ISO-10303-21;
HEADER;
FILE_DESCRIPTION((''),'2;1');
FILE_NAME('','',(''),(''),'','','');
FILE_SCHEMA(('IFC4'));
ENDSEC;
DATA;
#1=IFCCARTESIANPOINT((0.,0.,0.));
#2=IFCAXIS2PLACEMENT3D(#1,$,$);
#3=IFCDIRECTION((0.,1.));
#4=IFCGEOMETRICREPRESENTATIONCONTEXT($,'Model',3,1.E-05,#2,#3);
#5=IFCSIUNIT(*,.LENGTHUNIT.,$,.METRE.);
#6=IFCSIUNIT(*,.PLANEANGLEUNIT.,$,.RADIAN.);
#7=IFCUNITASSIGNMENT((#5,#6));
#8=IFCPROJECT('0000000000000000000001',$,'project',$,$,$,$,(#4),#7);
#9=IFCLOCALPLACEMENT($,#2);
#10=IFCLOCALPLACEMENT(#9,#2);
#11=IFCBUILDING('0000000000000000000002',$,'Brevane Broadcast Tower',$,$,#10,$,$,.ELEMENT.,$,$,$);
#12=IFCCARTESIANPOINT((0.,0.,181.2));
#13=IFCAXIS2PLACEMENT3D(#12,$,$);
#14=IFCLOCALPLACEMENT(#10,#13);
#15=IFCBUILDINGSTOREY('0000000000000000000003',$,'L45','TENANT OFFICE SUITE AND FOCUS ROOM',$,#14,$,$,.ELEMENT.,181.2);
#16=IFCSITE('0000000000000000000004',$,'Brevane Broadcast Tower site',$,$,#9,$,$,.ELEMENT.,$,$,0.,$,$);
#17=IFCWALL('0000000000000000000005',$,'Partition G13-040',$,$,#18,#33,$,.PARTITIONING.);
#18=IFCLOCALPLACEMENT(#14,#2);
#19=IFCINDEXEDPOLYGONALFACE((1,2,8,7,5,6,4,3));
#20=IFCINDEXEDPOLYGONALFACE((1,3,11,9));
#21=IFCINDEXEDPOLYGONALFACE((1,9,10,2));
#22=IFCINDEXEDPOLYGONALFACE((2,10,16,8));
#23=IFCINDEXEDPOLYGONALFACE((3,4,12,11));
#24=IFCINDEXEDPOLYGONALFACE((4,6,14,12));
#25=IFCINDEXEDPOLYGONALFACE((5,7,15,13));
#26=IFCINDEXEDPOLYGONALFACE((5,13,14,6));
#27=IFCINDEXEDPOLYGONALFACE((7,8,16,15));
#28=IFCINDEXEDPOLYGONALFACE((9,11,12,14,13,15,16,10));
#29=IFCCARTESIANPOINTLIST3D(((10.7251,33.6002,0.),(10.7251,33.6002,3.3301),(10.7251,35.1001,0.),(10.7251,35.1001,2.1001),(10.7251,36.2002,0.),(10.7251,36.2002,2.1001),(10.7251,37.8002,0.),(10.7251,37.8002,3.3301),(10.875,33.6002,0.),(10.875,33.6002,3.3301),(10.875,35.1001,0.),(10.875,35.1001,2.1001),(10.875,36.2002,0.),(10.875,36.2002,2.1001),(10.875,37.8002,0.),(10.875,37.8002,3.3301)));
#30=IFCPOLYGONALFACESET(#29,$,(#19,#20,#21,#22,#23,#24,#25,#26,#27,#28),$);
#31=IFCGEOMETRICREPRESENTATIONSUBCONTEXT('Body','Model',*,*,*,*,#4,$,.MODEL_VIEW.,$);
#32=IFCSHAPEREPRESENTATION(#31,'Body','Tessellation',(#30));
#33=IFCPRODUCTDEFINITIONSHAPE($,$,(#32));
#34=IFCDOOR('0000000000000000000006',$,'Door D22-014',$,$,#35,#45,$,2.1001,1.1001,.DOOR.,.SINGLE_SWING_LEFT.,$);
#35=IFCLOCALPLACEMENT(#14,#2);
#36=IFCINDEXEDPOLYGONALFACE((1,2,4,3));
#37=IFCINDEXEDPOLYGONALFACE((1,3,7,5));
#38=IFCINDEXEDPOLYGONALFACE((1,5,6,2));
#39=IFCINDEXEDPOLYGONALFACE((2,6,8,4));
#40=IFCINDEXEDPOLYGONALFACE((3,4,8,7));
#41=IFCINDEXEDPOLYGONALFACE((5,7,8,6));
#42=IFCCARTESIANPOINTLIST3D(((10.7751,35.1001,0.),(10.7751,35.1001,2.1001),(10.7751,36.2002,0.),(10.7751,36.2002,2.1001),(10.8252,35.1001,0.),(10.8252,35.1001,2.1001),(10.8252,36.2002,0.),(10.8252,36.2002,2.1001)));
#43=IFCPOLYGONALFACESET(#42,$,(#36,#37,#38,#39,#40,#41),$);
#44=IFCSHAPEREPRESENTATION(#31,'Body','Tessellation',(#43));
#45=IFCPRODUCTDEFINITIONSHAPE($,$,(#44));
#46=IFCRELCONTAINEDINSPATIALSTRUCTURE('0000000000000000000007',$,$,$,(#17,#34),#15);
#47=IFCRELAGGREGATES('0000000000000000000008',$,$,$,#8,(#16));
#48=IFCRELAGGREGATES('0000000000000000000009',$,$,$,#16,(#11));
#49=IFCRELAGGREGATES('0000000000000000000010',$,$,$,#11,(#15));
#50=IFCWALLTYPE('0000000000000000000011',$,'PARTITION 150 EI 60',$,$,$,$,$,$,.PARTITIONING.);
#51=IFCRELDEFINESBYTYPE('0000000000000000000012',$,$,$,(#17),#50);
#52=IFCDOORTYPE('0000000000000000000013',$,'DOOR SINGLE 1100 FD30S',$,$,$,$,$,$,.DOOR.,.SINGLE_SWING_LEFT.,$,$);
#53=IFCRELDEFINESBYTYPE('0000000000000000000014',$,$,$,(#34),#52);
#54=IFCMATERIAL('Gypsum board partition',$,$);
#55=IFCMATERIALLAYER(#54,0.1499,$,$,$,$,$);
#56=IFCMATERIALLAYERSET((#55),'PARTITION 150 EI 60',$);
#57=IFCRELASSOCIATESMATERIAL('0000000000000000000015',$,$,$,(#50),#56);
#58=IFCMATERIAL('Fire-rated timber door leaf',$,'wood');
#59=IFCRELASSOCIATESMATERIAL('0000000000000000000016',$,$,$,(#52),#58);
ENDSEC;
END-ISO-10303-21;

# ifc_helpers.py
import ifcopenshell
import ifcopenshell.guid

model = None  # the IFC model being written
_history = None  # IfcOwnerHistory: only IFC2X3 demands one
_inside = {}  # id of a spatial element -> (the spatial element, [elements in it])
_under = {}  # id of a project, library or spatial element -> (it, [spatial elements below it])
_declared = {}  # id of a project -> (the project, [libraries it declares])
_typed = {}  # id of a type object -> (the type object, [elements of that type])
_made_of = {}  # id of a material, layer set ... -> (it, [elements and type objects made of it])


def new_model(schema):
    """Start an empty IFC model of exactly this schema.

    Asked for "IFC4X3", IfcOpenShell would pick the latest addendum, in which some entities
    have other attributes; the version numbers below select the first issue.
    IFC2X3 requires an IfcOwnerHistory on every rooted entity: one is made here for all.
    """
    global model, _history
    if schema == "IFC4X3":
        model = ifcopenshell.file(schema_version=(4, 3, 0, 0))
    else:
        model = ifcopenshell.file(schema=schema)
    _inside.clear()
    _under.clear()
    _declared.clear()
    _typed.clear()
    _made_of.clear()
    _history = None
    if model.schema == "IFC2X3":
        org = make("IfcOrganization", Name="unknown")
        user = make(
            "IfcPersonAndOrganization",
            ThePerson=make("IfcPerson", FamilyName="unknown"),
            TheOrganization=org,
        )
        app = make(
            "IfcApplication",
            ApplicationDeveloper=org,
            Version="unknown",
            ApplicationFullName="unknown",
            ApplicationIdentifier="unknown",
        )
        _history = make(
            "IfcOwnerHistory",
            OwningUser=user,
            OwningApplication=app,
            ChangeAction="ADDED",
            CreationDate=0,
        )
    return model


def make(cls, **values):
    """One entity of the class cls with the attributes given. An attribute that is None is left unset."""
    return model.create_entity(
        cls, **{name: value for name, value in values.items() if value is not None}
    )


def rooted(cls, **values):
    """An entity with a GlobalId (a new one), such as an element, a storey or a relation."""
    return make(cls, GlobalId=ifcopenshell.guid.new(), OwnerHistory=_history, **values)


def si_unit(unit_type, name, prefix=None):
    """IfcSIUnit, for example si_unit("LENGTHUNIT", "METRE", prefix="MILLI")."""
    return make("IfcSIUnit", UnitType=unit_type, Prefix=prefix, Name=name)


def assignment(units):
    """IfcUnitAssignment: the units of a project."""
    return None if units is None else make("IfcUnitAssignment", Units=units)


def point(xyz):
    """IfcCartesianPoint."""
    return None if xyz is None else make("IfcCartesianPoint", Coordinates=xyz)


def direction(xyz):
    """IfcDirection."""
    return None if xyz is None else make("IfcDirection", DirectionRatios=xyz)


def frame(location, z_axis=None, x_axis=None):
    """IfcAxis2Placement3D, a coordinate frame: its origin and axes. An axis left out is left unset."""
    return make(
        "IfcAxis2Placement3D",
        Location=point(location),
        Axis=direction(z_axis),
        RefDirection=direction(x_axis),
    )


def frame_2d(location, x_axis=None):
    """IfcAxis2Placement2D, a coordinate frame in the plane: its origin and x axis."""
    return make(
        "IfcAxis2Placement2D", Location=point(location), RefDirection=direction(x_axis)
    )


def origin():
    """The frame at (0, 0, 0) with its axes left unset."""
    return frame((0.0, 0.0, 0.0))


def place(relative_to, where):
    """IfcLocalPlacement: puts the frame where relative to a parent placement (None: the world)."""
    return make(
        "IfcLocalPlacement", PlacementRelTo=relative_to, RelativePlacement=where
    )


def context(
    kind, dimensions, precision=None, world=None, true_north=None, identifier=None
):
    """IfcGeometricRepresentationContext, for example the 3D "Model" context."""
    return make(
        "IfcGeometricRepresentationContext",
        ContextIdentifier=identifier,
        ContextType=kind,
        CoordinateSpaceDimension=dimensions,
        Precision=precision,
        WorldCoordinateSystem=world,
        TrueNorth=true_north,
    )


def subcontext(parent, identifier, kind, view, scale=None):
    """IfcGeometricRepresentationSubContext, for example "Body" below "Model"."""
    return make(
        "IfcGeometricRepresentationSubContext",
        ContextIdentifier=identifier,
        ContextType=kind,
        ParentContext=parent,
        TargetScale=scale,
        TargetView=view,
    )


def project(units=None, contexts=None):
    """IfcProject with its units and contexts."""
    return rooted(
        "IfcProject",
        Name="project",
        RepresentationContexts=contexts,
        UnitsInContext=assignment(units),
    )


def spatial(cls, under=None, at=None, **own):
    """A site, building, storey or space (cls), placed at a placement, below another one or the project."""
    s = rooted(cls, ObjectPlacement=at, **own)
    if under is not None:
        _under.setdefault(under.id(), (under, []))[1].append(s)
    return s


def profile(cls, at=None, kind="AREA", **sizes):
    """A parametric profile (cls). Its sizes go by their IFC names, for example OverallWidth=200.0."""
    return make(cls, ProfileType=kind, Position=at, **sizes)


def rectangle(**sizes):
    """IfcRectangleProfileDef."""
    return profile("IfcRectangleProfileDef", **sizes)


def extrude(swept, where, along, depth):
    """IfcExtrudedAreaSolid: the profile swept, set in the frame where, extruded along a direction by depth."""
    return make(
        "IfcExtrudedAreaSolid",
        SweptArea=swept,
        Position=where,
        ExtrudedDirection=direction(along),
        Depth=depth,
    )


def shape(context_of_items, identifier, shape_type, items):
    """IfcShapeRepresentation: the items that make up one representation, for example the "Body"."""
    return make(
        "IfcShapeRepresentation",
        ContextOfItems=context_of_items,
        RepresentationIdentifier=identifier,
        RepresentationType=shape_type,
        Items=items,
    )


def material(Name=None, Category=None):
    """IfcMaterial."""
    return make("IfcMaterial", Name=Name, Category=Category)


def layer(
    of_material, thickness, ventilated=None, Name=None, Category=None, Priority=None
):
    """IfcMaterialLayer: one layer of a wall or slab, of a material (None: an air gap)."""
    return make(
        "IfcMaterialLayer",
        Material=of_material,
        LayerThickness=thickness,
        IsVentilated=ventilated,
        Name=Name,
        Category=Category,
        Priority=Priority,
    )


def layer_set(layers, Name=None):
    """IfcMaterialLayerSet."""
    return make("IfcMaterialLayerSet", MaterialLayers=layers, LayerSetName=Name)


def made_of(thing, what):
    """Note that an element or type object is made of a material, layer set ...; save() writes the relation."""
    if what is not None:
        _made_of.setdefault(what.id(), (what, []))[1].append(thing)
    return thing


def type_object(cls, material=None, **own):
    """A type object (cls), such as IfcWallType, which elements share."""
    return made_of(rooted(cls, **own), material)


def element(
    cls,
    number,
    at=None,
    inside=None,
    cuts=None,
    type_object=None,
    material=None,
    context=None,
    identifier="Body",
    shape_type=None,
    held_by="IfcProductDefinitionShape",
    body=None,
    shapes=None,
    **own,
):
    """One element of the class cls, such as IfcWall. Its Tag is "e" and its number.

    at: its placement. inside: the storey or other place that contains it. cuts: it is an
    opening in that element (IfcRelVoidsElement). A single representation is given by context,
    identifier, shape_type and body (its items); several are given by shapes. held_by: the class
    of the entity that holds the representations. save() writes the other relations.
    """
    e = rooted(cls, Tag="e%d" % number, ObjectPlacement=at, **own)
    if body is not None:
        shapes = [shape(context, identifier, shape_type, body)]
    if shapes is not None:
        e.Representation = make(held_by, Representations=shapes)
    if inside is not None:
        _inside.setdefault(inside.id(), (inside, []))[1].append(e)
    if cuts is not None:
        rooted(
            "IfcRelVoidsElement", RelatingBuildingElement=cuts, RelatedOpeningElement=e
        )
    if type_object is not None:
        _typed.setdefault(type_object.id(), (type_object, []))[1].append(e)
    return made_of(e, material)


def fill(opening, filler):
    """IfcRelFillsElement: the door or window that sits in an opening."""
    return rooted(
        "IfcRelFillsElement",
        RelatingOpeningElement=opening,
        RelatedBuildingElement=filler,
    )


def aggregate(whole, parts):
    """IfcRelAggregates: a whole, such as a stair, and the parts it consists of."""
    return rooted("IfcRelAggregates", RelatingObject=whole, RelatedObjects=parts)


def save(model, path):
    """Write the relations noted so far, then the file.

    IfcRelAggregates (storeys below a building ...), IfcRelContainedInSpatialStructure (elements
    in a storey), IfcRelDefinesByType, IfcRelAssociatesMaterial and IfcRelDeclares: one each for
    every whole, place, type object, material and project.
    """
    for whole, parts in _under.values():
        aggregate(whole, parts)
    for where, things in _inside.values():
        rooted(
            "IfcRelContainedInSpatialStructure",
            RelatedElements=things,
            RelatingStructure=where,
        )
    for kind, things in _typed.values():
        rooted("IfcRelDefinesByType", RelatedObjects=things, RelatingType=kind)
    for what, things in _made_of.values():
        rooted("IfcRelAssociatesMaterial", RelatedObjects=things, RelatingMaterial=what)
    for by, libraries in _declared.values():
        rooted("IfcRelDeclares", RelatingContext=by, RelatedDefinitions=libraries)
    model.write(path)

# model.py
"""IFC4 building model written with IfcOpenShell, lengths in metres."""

from ifc_helpers import new_model, si_unit, direction, frame, frame_2d, origin, place, context, subcontext, project, spatial, rectangle, extrude, material, layer, layer_set, type_object, element, fill, save


model = new_model("IFC4")

# Units and contexts
model_context = context("Model", 3, precision=1e-05, world=origin(), true_north=direction((0.0, 1.0)))
body_context = subcontext(model_context, "Body", "Model", "MODEL_VIEW")
ifc_project = project(units=[si_unit("LENGTHUNIT", "METRE"), si_unit("PLANEANGLEUNIT", "RADIAN")], contexts=[model_context])

# Site, building, storey
site_placement = place(None, origin())
site = spatial("IfcSite", under=ifc_project, at=site_placement, Name="Brevane Broadcast Tower site", CompositionType="ELEMENT", RefElevation=0.0)
building_placement = place(site_placement, origin())
building = spatial("IfcBuilding", under=site, at=building_placement, Name="Brevane Broadcast Tower", CompositionType="ELEMENT")
storey_placement = place(building_placement, frame((0.0, 0.0, 181.2)))
storey = spatial("IfcBuildingStorey", under=building, at=storey_placement, Name="L45", Description="TENANT OFFICE SUITE AND FOCUS ROOM", CompositionType="ELEMENT", Elevation=181.2)

# Shared definitions
ifc_material_1 = material(Name="Gypsum board partition")

# Shared definitions
ifc_layer_1 = layer(ifc_material_1, 0.1499)
ifc_layer_set_1 = layer_set([ifc_layer_1], Name="PARTITION 150 EI 60")
wall_type_1 = type_object("IfcWallType", Name="PARTITION 150 EI 60", PredefinedType="PARTITIONING", material=ifc_layer_set_1)
ifc_material_2 = material(Name="Fire-rated timber door leaf", Category="wood")

# Wall, opening, door
wall_1_placement = place(storey_placement, frame((10.8, 33.6001, 0.0), z_axis=(0.0, 0.0, 1.0), x_axis=(0.0, 1.0, 0.0)))
wall_1 = element("IfcWall", 1, at=wall_1_placement, inside=storey, type_object=wall_type_1, Name="Partition G13-040", PredefinedType="PARTITIONING", context=body_context, shape_type="SweptSolid", body=[
    extrude(rectangle(XDim=4.2, YDim=0.1499, at=frame_2d((2.1001, 0.0))), origin(), (0.0, 0.0, 1.0), 3.3301),
])
opening_1_placement = place(wall_1_placement, frame((1.5, 0.0, 0.0)))
opening_1 = element("IfcOpeningElement", 2, at=opening_1_placement, cuts=wall_1, PredefinedType="OPENING", context=body_context, shape_type="SweptSolid", body=[
    extrude(rectangle(XDim=1.1001, YDim=2.1001, at=frame_2d((0.55, 1.05))), frame((0.0, 0.085, 0.0), z_axis=(0.0, -1.0, 0.0), x_axis=(1.0, 0.0, 0.0)), (0.0, 0.0, 1.0), 0.1699),
])
door_type_1 = type_object("IfcDoorType", Name="DOOR SINGLE 1100 FD30S", OperationType="SINGLE_SWING_LEFT", PredefinedType="DOOR", material=ifc_material_2)
door_1_placement = place(opening_1_placement, origin())
door_1 = element("IfcDoor", 3, at=door_1_placement, inside=storey, type_object=door_type_1, Name="Door D22-014", OperationType="SINGLE_SWING_LEFT", OverallHeight=2.1001, OverallWidth=1.1001, PredefinedType="DOOR", context=body_context, shape_type="SweptSolid", body=[
    extrude(rectangle(XDim=1.1001, YDim=2.1001, at=frame_2d((0.55, 1.05))), frame((0.0, 0.0249, 0.0), z_axis=(0.0, -1.0, 0.0), x_axis=(1.0, 0.0, 0.0)), (0.0, 0.0, 1.0), 0.05),
])
fill(opening_1, door_1)

save(model, "model.ifc")
